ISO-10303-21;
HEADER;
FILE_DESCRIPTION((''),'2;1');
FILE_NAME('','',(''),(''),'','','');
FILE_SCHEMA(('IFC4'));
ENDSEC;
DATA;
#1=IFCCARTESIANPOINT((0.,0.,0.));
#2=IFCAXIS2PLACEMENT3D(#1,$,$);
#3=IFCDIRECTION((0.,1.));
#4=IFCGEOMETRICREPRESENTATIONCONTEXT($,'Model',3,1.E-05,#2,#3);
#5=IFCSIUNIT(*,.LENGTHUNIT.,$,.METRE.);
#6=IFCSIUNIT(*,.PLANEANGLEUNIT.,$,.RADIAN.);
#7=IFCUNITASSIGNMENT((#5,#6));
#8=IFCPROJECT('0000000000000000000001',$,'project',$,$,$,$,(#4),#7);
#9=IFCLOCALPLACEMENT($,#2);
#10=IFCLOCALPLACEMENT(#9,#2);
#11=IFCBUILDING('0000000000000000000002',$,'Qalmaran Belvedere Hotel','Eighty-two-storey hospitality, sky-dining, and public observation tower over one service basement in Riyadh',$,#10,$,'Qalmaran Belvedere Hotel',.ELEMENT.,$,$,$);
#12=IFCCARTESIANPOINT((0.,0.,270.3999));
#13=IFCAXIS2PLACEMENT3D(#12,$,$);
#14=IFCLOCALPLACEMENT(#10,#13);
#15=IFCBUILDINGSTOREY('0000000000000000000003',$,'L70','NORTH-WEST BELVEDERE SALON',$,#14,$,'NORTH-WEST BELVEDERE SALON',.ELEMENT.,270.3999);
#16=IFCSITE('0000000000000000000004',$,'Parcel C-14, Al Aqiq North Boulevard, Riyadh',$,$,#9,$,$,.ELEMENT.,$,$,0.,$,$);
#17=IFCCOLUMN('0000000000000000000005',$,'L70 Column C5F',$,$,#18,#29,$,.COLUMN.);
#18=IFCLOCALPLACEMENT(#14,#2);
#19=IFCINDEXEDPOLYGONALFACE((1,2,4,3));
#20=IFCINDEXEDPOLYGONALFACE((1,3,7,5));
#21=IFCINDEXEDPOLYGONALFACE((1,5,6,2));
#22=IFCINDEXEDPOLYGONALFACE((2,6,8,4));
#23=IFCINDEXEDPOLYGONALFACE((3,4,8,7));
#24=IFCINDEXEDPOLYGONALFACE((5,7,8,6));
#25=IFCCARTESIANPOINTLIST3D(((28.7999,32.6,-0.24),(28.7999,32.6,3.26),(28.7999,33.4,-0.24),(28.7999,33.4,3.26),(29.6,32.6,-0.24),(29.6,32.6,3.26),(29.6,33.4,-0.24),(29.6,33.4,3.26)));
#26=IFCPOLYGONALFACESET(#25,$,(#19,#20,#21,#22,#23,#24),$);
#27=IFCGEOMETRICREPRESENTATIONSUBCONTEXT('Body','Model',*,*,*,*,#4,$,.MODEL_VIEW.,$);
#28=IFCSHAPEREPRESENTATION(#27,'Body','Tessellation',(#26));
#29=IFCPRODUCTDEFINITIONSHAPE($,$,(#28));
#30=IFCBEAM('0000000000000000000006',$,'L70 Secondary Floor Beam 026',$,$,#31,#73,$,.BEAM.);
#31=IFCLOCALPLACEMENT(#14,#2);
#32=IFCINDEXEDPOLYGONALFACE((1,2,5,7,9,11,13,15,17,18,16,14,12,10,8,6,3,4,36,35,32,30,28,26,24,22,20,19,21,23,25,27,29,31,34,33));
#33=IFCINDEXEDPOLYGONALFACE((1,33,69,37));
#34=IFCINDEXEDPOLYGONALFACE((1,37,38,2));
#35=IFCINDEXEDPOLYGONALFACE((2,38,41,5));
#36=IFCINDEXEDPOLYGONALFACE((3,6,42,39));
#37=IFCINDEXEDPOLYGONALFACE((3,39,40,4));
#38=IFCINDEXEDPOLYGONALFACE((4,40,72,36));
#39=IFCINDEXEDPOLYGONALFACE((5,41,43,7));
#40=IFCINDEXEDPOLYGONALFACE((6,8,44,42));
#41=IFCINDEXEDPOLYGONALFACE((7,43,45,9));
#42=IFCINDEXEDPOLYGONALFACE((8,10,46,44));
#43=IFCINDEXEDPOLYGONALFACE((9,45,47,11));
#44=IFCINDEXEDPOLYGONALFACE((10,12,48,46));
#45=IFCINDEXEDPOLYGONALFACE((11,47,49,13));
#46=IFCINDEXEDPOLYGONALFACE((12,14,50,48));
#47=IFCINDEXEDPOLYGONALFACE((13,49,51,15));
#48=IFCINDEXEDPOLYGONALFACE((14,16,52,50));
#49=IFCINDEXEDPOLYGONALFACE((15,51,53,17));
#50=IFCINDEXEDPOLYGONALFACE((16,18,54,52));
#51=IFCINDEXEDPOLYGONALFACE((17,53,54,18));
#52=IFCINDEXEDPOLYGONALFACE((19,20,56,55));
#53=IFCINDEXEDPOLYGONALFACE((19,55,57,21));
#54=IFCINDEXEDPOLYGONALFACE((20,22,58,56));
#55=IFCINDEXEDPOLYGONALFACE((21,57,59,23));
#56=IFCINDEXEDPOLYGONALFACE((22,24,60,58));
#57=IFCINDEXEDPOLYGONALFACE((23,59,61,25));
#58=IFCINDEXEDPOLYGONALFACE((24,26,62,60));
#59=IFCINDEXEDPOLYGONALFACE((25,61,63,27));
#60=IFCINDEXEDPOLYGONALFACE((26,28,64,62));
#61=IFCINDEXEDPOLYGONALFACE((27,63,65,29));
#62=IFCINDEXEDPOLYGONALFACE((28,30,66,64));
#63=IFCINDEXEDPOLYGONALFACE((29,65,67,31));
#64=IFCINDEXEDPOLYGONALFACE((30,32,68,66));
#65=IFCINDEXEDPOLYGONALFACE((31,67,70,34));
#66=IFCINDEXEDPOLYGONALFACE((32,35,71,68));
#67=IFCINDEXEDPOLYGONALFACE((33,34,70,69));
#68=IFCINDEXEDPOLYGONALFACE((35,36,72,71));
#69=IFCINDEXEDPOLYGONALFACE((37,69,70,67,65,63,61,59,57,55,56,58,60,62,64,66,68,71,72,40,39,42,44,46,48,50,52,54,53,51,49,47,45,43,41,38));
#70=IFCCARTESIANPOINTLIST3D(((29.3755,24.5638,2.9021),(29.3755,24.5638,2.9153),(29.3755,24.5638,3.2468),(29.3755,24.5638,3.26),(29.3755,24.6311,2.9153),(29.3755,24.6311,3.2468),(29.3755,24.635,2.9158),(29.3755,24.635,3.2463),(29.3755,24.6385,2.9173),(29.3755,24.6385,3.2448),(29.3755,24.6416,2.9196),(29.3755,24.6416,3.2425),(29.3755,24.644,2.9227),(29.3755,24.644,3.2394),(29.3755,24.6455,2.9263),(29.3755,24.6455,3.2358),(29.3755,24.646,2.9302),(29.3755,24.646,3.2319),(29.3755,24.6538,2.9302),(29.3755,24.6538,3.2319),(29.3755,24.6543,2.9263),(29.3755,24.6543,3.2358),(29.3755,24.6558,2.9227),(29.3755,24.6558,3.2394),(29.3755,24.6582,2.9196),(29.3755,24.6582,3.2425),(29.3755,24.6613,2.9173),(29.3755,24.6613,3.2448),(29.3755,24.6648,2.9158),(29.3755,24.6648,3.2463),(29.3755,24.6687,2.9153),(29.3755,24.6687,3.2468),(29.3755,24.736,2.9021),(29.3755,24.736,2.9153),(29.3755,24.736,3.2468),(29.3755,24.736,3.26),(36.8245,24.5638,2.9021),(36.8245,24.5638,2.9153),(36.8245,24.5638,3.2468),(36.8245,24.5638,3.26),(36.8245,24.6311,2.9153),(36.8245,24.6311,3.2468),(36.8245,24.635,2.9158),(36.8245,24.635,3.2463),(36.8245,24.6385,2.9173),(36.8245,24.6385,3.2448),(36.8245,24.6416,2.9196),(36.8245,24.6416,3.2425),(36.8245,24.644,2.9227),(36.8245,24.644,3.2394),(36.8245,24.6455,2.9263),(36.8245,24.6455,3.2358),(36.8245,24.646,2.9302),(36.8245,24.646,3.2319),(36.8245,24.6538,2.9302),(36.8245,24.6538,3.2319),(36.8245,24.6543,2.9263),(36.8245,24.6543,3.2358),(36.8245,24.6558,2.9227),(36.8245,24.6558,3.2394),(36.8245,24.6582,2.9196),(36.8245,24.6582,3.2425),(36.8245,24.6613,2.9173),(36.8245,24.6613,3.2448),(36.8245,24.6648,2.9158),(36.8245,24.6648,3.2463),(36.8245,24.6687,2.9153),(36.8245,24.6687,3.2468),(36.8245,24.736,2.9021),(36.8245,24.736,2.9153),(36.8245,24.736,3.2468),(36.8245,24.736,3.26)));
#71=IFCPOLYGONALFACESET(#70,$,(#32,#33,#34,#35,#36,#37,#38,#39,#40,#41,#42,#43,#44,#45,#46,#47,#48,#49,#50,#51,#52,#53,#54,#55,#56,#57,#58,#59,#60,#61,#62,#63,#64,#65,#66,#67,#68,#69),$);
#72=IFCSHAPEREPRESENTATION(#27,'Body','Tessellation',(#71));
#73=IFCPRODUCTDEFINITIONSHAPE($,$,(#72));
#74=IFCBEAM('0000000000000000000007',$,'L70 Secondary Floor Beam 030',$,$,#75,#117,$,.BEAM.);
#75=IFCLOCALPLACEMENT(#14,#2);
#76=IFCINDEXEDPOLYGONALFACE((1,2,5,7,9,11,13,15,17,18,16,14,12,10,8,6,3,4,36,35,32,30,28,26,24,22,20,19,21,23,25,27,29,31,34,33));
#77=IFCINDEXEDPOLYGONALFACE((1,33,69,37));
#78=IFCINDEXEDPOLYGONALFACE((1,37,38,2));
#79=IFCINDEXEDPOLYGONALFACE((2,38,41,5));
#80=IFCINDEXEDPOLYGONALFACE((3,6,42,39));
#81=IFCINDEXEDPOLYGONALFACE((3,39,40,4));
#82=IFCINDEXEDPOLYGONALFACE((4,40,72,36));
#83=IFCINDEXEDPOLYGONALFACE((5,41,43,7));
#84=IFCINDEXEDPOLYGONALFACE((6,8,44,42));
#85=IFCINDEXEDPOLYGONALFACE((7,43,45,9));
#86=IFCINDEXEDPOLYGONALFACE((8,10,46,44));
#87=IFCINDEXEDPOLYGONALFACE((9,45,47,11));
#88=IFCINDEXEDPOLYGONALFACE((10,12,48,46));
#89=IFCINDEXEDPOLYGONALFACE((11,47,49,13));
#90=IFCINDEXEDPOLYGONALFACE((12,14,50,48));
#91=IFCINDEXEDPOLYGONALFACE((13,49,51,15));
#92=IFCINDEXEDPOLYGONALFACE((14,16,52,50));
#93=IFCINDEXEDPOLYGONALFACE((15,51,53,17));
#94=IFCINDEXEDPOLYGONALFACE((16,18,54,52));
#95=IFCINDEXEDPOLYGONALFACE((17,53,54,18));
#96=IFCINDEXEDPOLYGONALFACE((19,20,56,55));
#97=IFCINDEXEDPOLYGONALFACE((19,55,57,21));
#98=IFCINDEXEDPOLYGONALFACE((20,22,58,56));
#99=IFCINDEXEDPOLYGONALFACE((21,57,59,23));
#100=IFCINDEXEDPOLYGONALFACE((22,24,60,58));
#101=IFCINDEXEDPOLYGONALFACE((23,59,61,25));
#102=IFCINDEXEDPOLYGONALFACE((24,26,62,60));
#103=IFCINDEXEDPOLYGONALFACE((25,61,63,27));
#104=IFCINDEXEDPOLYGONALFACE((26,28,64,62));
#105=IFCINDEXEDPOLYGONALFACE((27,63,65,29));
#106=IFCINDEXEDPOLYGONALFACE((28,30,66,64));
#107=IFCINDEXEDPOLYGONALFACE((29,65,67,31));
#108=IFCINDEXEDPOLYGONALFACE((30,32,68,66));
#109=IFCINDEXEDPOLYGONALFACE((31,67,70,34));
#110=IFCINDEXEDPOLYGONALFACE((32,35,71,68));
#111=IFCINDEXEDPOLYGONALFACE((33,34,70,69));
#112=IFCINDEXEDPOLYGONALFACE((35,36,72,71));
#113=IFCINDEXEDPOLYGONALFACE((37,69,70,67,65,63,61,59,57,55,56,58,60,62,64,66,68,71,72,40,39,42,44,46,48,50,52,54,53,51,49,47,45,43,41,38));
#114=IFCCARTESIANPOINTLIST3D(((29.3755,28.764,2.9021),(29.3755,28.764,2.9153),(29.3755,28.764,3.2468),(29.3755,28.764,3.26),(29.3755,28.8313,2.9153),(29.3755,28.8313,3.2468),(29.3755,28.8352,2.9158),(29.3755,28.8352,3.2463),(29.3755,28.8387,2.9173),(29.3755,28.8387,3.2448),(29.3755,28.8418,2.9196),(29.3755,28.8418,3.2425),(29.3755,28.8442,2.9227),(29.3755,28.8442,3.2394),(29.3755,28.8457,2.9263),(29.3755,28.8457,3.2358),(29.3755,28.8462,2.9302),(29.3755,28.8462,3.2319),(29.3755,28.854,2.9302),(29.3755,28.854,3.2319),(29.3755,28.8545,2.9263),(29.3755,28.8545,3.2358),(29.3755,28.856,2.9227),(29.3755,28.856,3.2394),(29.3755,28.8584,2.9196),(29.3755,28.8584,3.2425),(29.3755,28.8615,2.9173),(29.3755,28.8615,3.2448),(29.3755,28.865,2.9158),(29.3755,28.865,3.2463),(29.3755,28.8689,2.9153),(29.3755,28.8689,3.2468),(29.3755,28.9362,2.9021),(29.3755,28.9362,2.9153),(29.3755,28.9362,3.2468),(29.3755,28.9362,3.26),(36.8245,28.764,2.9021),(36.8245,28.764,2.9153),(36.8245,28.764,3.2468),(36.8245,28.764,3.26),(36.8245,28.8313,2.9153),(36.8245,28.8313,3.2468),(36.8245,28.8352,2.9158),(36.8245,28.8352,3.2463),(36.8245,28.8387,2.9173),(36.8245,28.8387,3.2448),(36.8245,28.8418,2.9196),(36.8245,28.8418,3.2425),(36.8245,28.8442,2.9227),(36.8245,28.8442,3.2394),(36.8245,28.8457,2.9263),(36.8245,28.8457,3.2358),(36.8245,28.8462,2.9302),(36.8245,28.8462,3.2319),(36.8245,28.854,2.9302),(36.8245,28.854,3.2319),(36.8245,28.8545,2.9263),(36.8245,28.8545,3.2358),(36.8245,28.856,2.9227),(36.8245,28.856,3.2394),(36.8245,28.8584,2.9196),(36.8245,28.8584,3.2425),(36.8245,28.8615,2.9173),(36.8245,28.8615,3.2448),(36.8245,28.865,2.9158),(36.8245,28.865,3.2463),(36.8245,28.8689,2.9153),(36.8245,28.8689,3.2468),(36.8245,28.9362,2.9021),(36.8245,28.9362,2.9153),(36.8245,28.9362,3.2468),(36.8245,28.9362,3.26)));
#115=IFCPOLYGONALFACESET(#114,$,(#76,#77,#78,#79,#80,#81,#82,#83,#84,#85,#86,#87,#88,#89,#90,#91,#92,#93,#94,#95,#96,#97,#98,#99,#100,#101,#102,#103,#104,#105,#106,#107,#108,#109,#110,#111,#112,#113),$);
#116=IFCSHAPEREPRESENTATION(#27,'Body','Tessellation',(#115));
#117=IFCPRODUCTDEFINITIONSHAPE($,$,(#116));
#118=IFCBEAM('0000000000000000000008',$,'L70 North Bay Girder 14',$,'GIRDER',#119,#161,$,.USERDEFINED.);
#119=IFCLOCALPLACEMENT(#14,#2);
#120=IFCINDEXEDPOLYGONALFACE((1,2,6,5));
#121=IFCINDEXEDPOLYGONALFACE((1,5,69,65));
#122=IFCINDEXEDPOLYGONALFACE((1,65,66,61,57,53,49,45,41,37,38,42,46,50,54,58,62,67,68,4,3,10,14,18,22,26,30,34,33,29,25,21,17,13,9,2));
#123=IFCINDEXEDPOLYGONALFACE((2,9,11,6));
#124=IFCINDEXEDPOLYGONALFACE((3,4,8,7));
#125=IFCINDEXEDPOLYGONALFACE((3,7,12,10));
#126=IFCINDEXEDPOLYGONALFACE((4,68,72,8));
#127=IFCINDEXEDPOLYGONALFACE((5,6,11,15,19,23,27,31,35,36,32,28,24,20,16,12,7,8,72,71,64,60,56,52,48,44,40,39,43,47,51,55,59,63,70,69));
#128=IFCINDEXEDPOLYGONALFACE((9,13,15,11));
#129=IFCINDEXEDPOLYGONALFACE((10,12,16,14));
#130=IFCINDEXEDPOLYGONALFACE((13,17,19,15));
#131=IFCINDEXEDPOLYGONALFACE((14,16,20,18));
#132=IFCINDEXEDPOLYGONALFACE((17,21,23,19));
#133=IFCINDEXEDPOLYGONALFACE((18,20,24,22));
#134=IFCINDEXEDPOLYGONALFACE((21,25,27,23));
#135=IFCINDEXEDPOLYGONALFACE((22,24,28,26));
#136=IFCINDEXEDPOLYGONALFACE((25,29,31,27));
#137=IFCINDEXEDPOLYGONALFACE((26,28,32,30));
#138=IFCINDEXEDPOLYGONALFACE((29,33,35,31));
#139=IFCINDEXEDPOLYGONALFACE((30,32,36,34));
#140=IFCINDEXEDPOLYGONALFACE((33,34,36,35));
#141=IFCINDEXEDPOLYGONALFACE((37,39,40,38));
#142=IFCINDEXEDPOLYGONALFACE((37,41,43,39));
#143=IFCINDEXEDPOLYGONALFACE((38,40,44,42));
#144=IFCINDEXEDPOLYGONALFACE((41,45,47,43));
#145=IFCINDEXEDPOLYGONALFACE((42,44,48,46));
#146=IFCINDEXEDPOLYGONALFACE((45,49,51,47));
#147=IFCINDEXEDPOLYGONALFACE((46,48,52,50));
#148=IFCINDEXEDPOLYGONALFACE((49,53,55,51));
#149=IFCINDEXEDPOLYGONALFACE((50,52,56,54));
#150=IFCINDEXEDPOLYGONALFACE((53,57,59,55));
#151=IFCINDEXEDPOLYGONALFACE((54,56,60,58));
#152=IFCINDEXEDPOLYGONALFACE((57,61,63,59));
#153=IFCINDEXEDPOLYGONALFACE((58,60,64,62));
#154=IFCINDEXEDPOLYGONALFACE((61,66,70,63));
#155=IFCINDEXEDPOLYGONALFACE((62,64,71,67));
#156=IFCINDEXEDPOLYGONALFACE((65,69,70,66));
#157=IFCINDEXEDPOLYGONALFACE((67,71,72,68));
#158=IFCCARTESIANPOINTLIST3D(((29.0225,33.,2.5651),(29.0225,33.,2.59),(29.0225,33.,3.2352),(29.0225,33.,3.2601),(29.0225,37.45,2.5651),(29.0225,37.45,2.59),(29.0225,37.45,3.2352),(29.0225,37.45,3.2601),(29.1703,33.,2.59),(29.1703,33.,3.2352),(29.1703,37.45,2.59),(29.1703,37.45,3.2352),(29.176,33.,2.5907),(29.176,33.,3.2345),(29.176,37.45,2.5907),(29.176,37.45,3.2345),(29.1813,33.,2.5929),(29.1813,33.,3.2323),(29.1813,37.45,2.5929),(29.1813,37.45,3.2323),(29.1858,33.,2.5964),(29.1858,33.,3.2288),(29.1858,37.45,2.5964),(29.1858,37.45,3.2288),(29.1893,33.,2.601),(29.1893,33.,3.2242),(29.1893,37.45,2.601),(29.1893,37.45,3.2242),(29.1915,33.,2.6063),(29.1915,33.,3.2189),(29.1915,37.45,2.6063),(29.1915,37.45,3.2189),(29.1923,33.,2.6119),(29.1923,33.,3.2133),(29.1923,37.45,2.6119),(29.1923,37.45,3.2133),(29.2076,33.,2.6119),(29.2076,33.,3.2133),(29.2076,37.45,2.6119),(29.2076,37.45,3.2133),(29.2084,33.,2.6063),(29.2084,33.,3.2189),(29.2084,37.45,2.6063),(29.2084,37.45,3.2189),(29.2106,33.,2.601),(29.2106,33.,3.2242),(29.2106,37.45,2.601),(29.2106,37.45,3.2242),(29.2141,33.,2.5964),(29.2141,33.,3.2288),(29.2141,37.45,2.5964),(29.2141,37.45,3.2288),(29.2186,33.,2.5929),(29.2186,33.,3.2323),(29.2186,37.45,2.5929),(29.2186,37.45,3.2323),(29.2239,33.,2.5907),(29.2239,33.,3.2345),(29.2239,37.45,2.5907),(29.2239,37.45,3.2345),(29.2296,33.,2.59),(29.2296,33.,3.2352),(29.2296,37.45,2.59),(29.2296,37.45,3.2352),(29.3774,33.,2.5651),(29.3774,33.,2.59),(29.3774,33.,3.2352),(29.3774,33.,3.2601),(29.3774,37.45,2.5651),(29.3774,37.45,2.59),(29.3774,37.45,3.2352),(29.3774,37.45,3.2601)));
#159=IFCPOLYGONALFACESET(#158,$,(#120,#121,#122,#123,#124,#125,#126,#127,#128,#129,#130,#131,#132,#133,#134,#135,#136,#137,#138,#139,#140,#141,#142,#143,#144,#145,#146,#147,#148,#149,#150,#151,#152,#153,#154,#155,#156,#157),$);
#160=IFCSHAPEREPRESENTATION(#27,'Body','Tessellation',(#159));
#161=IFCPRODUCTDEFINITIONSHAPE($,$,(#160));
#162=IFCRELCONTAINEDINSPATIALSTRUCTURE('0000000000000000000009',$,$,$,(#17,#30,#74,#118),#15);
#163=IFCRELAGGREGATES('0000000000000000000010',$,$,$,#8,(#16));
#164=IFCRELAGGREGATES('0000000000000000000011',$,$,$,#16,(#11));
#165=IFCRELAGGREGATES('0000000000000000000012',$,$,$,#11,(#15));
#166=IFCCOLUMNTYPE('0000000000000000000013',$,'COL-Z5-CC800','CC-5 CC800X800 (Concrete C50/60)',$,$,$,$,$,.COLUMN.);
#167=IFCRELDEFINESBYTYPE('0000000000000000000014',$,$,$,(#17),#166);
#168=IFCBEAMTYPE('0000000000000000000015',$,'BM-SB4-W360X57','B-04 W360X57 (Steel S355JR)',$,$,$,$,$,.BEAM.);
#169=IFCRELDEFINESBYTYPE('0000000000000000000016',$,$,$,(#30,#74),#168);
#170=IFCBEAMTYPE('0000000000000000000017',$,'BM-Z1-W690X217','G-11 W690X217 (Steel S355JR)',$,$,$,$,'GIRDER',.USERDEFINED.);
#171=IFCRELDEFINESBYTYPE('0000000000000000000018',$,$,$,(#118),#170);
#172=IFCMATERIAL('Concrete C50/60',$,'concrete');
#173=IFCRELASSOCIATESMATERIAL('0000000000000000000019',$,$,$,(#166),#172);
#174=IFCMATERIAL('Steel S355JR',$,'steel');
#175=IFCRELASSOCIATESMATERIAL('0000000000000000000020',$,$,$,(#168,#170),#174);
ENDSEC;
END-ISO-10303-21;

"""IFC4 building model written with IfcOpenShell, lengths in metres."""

from ifc_helpers import new_model, si_unit, direction, frame, origin, origin_2d, place, context, subcontext, project, spatial, rectangle, i_section, extrude, material, material_profile, profile_set, type_object, element, save


model = new_model("IFC4")

# Units and contexts
model_context = context("Model", 3, precision=1e-05, world=origin(), true_north=direction((0.0, 1.0)))
body_context = subcontext(model_context, "Body", "Model", "MODEL_VIEW")
ifc_project = project(units=[si_unit("LENGTHUNIT", "METRE"), si_unit("PLANEANGLEUNIT", "RADIAN")], contexts=[model_context])

# Site, building, storey
site_placement = place(None, origin())
site = spatial("IfcSite", under=ifc_project, at=site_placement, Name="Parcel C-14, Al Aqiq North Boulevard, Riyadh", CompositionType="ELEMENT", RefElevation=0.0)
building_placement = place(site_placement, origin())
building = spatial("IfcBuilding", under=site, at=building_placement, Name="Qalmaran Belvedere Hotel", Description="Eighty-two-storey hospitality, sky-dining, and public observation tower over one service basement in Riyadh", LongName="Qalmaran Belvedere Hotel", CompositionType="ELEMENT")
storey_placement = place(building_placement, frame((0.0, 0.0, 270.3999)))
storey = spatial("IfcBuildingStorey", under=building, at=storey_placement, Name="L70", Description="NORTH-WEST BELVEDERE SALON", LongName="NORTH-WEST BELVEDERE SALON", CompositionType="ELEMENT", Elevation=270.3999)

# Column
ifc_material_1 = material(Name="Concrete C50/60", Category="concrete")
ifc_material_profile_1 = material_profile(ifc_material_1, rectangle(XDim=0.8, YDim=0.8, at=origin_2d()), Name="CC800X800")
ifc_profile_set_1 = profile_set([ifc_material_profile_1], Name="Concrete C50/60")
column_type = type_object("IfcColumnType", Name="COL-Z5-CC800", Description="CC-5 CC800X800 (Concrete C50/60)", PredefinedType="COLUMN", material=ifc_profile_set_1)
column_placement = place(storey_placement, frame((29.2, 33.0, -0.24), z_axis=(0.0, 0.0, 1.0), x_axis=(1.0, 0.0, 0.0)))
element("IfcColumn", 1, at=column_placement, inside=storey, type_object=column_type, Name="L70 Column C5F", PredefinedType="COLUMN", context=body_context, shape_type="SweptSolid", body=[
    extrude(rectangle(XDim=0.8, YDim=0.8, at=origin_2d()), origin(), (0.0, 0.0, 1.0), 3.5),
])

# Beams
ifc_material_2 = material(Name="Steel S355JR", Category="steel")
ifc_material_profile_2 = material_profile(ifc_material_2, i_section(OverallWidth=0.1721, OverallDepth=0.3579, WebThickness=0.0078, FlangeThickness=0.0132, FilletRadius=0.0149, at=origin_2d()), Name="W360X57")
ifc_profile_set_2 = profile_set([ifc_material_profile_2], Name="Steel S355JR")
beam_type_1 = type_object("IfcBeamType", Name="BM-SB4-W360X57", Description="B-04 W360X57 (Steel S355JR)", PredefinedType="BEAM", material=ifc_profile_set_2)
for number, where, z_axis, x_axis, name in (
    (2, (29.3755, 24.6499, 3.0811), (1.0, 0.0, 0.0), (0.0, 1.0, 0.0), "L70 Secondary Floor Beam 026"),
    (3, (29.3755, 28.8501, 3.0811), (1.0, 0.0, 0.0), (0.0, 1.0, 0.0), "L70 Secondary Floor Beam 030"),
):
    element("IfcBeam", number, at=place(storey_placement, frame(where, z_axis=z_axis, x_axis=x_axis)), inside=storey, type_object=beam_type_1, Name=name, PredefinedType="BEAM", context=body_context, shape_type="SweptSolid", body=[
        extrude(i_section(OverallWidth=0.1721, OverallDepth=0.3579, WebThickness=0.0078, FlangeThickness=0.0132, FilletRadius=0.0149, at=origin_2d()), origin(), (0.0, 0.0, 1.0), 7.449),
    ])
ifc_material_profile_3 = material_profile(ifc_material_2, i_section(OverallWidth=0.355, OverallDepth=0.6951, WebThickness=0.0154, FlangeThickness=0.0249, FilletRadius=0.022, at=origin_2d()), Name="W690X217")
ifc_profile_set_3 = profile_set([ifc_material_profile_3], Name="Steel S355JR")
beam_type_2 = type_object("IfcBeamType", Name="BM-Z1-W690X217", Description="G-11 W690X217 (Steel S355JR)", ElementType="GIRDER", PredefinedType="USERDEFINED", material=ifc_profile_set_3)
beam_1_placement = place(storey_placement, frame((29.2, 33.0, 2.9126), z_axis=(0.0, 1.0, 0.0), x_axis=(-1.0, 0.0, 0.0)))
element("IfcBeam", 4, at=beam_1_placement, inside=storey, type_object=beam_type_2, Name="L70 North Bay Girder 14", ObjectType="GIRDER", PredefinedType="USERDEFINED", context=body_context, shape_type="SweptSolid", body=[
    extrude(i_section(OverallWidth=0.355, OverallDepth=0.6951, WebThickness=0.0154, FlangeThickness=0.0249, FilletRadius=0.022, at=origin_2d()), origin(), (0.0, 0.0, 1.0), 4.45),
])

save(model, "model.ifc")
